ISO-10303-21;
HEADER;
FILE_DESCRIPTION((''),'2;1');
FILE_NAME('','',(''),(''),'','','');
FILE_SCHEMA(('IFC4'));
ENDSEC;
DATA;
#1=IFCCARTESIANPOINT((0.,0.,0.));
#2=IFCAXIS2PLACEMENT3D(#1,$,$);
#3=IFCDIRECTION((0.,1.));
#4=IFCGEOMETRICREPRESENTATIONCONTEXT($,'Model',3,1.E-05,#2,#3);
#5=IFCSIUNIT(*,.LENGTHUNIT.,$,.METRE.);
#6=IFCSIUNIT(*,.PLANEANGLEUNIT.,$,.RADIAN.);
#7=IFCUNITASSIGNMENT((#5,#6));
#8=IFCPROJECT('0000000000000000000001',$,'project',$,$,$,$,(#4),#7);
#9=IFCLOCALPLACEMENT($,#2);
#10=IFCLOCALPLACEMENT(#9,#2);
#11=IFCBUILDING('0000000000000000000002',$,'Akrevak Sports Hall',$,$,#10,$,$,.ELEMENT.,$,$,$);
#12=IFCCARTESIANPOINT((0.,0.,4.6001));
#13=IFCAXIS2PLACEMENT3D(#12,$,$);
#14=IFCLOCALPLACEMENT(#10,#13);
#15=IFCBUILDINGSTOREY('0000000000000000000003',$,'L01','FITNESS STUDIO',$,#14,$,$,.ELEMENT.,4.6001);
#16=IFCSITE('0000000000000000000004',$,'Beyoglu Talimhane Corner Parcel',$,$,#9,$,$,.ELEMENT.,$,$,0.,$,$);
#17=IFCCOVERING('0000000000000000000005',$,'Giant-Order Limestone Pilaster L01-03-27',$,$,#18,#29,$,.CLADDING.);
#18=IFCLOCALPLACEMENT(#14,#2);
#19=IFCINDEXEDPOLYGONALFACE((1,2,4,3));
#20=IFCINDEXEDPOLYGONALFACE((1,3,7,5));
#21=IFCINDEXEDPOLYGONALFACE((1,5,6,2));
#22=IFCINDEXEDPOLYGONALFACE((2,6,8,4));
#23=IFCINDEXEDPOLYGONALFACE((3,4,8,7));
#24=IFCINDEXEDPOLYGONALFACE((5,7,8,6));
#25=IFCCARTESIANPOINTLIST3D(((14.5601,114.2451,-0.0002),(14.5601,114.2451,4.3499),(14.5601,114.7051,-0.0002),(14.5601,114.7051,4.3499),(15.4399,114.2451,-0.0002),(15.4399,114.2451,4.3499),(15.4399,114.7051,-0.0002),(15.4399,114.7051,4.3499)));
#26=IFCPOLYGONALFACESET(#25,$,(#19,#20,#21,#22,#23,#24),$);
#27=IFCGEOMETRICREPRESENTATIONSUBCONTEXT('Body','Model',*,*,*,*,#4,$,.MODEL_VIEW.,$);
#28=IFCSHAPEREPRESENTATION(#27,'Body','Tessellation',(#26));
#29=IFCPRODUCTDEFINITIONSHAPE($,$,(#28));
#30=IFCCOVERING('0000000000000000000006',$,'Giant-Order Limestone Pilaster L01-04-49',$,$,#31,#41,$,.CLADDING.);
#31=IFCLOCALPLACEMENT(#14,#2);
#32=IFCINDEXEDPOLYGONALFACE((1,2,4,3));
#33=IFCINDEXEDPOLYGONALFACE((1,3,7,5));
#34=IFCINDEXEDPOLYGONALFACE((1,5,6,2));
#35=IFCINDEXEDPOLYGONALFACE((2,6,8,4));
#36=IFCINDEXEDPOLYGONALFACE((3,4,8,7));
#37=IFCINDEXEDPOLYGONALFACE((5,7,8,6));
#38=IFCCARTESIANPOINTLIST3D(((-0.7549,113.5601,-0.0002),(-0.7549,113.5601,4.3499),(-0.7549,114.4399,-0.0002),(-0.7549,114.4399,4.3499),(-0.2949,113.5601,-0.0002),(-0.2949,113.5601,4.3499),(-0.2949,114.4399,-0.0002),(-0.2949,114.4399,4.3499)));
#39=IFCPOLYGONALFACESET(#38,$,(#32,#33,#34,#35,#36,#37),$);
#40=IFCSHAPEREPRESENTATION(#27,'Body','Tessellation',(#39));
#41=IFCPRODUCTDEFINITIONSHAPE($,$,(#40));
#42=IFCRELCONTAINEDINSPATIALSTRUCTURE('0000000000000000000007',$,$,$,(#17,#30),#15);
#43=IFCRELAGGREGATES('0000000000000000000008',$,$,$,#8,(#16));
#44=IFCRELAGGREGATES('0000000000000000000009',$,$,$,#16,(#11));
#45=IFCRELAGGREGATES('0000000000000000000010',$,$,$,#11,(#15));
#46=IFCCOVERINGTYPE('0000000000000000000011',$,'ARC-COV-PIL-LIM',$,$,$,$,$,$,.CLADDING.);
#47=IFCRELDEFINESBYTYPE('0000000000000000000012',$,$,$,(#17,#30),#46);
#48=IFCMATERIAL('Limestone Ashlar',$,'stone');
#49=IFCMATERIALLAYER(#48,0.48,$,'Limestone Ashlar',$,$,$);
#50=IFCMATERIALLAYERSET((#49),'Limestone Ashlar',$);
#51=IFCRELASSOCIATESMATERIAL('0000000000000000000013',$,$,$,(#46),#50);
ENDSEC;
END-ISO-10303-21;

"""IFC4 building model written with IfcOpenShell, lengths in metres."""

from ifc_helpers import new_model, si_unit, direction, frame, origin, origin_2d, place, context, subcontext, project, spatial, rectangle, extrude, material, layer, layer_set, type_object, element, save


model = new_model("IFC4")

# Units and contexts
model_context = context("Model", 3, precision=1e-05, world=origin(), true_north=direction((0.0, 1.0)))
body_context = subcontext(model_context, "Body", "Model", "MODEL_VIEW")
ifc_project = project(units=[si_unit("LENGTHUNIT", "METRE"), si_unit("PLANEANGLEUNIT", "RADIAN")], contexts=[model_context])

# Site, building, storey
site_placement = place(None, origin())
site = spatial("IfcSite", under=ifc_project, at=site_placement, Name="Beyoglu Talimhane Corner Parcel", CompositionType="ELEMENT", RefElevation=0.0)
building_placement = place(site_placement, origin())
building = spatial("IfcBuilding", under=site, at=building_placement, Name="Akrevak Sports Hall", CompositionType="ELEMENT")
storey_placement = place(building_placement, frame((0.0, 0.0, 4.6001)))
storey = spatial("IfcBuildingStorey", under=building, at=storey_placement, Name="L01", Description="FITNESS STUDIO", CompositionType="ELEMENT", Elevation=4.6001)

# Shared definitions
ifc_material_1 = material(Name="Limestone Ashlar", Category="stone")

# Coverings
ifc_layer_1 = layer(ifc_material_1, 0.48, Name="Limestone Ashlar")
ifc_layer_set_1 = layer_set([ifc_layer_1], Name="Limestone Ashlar")
covering_type = type_object("IfcCoveringType", Name="ARC-COV-PIL-LIM", PredefinedType="CLADDING", material=ifc_layer_set_1)
for number, where, z_axis, x_axis, name in (
    (1, (15.0, 114.4751, -0.0002), (0.0, 0.0, 1.0), (-1.0, 0.0, 0.0), "Giant-Order Limestone Pilaster L01-03-27"),
    (2, (-0.5249, 114.0, -0.0002), (0.0, 0.0, 1.0), (0.0, -1.0, 0.0), "Giant-Order Limestone Pilaster L01-04-49"),
):
    element("IfcCovering", number, at=place(storey_placement, frame(where, z_axis=z_axis, x_axis=x_axis)), inside=storey, type_object=covering_type, Name=name, PredefinedType="CLADDING", context=body_context, shape_type="SweptSolid", body=[
        extrude(rectangle(XDim=0.8799, YDim=0.46, at=origin_2d()), origin(), (0.0, 0.0, 1.0), 4.3501),
    ])

save(model, "model.ifc")
